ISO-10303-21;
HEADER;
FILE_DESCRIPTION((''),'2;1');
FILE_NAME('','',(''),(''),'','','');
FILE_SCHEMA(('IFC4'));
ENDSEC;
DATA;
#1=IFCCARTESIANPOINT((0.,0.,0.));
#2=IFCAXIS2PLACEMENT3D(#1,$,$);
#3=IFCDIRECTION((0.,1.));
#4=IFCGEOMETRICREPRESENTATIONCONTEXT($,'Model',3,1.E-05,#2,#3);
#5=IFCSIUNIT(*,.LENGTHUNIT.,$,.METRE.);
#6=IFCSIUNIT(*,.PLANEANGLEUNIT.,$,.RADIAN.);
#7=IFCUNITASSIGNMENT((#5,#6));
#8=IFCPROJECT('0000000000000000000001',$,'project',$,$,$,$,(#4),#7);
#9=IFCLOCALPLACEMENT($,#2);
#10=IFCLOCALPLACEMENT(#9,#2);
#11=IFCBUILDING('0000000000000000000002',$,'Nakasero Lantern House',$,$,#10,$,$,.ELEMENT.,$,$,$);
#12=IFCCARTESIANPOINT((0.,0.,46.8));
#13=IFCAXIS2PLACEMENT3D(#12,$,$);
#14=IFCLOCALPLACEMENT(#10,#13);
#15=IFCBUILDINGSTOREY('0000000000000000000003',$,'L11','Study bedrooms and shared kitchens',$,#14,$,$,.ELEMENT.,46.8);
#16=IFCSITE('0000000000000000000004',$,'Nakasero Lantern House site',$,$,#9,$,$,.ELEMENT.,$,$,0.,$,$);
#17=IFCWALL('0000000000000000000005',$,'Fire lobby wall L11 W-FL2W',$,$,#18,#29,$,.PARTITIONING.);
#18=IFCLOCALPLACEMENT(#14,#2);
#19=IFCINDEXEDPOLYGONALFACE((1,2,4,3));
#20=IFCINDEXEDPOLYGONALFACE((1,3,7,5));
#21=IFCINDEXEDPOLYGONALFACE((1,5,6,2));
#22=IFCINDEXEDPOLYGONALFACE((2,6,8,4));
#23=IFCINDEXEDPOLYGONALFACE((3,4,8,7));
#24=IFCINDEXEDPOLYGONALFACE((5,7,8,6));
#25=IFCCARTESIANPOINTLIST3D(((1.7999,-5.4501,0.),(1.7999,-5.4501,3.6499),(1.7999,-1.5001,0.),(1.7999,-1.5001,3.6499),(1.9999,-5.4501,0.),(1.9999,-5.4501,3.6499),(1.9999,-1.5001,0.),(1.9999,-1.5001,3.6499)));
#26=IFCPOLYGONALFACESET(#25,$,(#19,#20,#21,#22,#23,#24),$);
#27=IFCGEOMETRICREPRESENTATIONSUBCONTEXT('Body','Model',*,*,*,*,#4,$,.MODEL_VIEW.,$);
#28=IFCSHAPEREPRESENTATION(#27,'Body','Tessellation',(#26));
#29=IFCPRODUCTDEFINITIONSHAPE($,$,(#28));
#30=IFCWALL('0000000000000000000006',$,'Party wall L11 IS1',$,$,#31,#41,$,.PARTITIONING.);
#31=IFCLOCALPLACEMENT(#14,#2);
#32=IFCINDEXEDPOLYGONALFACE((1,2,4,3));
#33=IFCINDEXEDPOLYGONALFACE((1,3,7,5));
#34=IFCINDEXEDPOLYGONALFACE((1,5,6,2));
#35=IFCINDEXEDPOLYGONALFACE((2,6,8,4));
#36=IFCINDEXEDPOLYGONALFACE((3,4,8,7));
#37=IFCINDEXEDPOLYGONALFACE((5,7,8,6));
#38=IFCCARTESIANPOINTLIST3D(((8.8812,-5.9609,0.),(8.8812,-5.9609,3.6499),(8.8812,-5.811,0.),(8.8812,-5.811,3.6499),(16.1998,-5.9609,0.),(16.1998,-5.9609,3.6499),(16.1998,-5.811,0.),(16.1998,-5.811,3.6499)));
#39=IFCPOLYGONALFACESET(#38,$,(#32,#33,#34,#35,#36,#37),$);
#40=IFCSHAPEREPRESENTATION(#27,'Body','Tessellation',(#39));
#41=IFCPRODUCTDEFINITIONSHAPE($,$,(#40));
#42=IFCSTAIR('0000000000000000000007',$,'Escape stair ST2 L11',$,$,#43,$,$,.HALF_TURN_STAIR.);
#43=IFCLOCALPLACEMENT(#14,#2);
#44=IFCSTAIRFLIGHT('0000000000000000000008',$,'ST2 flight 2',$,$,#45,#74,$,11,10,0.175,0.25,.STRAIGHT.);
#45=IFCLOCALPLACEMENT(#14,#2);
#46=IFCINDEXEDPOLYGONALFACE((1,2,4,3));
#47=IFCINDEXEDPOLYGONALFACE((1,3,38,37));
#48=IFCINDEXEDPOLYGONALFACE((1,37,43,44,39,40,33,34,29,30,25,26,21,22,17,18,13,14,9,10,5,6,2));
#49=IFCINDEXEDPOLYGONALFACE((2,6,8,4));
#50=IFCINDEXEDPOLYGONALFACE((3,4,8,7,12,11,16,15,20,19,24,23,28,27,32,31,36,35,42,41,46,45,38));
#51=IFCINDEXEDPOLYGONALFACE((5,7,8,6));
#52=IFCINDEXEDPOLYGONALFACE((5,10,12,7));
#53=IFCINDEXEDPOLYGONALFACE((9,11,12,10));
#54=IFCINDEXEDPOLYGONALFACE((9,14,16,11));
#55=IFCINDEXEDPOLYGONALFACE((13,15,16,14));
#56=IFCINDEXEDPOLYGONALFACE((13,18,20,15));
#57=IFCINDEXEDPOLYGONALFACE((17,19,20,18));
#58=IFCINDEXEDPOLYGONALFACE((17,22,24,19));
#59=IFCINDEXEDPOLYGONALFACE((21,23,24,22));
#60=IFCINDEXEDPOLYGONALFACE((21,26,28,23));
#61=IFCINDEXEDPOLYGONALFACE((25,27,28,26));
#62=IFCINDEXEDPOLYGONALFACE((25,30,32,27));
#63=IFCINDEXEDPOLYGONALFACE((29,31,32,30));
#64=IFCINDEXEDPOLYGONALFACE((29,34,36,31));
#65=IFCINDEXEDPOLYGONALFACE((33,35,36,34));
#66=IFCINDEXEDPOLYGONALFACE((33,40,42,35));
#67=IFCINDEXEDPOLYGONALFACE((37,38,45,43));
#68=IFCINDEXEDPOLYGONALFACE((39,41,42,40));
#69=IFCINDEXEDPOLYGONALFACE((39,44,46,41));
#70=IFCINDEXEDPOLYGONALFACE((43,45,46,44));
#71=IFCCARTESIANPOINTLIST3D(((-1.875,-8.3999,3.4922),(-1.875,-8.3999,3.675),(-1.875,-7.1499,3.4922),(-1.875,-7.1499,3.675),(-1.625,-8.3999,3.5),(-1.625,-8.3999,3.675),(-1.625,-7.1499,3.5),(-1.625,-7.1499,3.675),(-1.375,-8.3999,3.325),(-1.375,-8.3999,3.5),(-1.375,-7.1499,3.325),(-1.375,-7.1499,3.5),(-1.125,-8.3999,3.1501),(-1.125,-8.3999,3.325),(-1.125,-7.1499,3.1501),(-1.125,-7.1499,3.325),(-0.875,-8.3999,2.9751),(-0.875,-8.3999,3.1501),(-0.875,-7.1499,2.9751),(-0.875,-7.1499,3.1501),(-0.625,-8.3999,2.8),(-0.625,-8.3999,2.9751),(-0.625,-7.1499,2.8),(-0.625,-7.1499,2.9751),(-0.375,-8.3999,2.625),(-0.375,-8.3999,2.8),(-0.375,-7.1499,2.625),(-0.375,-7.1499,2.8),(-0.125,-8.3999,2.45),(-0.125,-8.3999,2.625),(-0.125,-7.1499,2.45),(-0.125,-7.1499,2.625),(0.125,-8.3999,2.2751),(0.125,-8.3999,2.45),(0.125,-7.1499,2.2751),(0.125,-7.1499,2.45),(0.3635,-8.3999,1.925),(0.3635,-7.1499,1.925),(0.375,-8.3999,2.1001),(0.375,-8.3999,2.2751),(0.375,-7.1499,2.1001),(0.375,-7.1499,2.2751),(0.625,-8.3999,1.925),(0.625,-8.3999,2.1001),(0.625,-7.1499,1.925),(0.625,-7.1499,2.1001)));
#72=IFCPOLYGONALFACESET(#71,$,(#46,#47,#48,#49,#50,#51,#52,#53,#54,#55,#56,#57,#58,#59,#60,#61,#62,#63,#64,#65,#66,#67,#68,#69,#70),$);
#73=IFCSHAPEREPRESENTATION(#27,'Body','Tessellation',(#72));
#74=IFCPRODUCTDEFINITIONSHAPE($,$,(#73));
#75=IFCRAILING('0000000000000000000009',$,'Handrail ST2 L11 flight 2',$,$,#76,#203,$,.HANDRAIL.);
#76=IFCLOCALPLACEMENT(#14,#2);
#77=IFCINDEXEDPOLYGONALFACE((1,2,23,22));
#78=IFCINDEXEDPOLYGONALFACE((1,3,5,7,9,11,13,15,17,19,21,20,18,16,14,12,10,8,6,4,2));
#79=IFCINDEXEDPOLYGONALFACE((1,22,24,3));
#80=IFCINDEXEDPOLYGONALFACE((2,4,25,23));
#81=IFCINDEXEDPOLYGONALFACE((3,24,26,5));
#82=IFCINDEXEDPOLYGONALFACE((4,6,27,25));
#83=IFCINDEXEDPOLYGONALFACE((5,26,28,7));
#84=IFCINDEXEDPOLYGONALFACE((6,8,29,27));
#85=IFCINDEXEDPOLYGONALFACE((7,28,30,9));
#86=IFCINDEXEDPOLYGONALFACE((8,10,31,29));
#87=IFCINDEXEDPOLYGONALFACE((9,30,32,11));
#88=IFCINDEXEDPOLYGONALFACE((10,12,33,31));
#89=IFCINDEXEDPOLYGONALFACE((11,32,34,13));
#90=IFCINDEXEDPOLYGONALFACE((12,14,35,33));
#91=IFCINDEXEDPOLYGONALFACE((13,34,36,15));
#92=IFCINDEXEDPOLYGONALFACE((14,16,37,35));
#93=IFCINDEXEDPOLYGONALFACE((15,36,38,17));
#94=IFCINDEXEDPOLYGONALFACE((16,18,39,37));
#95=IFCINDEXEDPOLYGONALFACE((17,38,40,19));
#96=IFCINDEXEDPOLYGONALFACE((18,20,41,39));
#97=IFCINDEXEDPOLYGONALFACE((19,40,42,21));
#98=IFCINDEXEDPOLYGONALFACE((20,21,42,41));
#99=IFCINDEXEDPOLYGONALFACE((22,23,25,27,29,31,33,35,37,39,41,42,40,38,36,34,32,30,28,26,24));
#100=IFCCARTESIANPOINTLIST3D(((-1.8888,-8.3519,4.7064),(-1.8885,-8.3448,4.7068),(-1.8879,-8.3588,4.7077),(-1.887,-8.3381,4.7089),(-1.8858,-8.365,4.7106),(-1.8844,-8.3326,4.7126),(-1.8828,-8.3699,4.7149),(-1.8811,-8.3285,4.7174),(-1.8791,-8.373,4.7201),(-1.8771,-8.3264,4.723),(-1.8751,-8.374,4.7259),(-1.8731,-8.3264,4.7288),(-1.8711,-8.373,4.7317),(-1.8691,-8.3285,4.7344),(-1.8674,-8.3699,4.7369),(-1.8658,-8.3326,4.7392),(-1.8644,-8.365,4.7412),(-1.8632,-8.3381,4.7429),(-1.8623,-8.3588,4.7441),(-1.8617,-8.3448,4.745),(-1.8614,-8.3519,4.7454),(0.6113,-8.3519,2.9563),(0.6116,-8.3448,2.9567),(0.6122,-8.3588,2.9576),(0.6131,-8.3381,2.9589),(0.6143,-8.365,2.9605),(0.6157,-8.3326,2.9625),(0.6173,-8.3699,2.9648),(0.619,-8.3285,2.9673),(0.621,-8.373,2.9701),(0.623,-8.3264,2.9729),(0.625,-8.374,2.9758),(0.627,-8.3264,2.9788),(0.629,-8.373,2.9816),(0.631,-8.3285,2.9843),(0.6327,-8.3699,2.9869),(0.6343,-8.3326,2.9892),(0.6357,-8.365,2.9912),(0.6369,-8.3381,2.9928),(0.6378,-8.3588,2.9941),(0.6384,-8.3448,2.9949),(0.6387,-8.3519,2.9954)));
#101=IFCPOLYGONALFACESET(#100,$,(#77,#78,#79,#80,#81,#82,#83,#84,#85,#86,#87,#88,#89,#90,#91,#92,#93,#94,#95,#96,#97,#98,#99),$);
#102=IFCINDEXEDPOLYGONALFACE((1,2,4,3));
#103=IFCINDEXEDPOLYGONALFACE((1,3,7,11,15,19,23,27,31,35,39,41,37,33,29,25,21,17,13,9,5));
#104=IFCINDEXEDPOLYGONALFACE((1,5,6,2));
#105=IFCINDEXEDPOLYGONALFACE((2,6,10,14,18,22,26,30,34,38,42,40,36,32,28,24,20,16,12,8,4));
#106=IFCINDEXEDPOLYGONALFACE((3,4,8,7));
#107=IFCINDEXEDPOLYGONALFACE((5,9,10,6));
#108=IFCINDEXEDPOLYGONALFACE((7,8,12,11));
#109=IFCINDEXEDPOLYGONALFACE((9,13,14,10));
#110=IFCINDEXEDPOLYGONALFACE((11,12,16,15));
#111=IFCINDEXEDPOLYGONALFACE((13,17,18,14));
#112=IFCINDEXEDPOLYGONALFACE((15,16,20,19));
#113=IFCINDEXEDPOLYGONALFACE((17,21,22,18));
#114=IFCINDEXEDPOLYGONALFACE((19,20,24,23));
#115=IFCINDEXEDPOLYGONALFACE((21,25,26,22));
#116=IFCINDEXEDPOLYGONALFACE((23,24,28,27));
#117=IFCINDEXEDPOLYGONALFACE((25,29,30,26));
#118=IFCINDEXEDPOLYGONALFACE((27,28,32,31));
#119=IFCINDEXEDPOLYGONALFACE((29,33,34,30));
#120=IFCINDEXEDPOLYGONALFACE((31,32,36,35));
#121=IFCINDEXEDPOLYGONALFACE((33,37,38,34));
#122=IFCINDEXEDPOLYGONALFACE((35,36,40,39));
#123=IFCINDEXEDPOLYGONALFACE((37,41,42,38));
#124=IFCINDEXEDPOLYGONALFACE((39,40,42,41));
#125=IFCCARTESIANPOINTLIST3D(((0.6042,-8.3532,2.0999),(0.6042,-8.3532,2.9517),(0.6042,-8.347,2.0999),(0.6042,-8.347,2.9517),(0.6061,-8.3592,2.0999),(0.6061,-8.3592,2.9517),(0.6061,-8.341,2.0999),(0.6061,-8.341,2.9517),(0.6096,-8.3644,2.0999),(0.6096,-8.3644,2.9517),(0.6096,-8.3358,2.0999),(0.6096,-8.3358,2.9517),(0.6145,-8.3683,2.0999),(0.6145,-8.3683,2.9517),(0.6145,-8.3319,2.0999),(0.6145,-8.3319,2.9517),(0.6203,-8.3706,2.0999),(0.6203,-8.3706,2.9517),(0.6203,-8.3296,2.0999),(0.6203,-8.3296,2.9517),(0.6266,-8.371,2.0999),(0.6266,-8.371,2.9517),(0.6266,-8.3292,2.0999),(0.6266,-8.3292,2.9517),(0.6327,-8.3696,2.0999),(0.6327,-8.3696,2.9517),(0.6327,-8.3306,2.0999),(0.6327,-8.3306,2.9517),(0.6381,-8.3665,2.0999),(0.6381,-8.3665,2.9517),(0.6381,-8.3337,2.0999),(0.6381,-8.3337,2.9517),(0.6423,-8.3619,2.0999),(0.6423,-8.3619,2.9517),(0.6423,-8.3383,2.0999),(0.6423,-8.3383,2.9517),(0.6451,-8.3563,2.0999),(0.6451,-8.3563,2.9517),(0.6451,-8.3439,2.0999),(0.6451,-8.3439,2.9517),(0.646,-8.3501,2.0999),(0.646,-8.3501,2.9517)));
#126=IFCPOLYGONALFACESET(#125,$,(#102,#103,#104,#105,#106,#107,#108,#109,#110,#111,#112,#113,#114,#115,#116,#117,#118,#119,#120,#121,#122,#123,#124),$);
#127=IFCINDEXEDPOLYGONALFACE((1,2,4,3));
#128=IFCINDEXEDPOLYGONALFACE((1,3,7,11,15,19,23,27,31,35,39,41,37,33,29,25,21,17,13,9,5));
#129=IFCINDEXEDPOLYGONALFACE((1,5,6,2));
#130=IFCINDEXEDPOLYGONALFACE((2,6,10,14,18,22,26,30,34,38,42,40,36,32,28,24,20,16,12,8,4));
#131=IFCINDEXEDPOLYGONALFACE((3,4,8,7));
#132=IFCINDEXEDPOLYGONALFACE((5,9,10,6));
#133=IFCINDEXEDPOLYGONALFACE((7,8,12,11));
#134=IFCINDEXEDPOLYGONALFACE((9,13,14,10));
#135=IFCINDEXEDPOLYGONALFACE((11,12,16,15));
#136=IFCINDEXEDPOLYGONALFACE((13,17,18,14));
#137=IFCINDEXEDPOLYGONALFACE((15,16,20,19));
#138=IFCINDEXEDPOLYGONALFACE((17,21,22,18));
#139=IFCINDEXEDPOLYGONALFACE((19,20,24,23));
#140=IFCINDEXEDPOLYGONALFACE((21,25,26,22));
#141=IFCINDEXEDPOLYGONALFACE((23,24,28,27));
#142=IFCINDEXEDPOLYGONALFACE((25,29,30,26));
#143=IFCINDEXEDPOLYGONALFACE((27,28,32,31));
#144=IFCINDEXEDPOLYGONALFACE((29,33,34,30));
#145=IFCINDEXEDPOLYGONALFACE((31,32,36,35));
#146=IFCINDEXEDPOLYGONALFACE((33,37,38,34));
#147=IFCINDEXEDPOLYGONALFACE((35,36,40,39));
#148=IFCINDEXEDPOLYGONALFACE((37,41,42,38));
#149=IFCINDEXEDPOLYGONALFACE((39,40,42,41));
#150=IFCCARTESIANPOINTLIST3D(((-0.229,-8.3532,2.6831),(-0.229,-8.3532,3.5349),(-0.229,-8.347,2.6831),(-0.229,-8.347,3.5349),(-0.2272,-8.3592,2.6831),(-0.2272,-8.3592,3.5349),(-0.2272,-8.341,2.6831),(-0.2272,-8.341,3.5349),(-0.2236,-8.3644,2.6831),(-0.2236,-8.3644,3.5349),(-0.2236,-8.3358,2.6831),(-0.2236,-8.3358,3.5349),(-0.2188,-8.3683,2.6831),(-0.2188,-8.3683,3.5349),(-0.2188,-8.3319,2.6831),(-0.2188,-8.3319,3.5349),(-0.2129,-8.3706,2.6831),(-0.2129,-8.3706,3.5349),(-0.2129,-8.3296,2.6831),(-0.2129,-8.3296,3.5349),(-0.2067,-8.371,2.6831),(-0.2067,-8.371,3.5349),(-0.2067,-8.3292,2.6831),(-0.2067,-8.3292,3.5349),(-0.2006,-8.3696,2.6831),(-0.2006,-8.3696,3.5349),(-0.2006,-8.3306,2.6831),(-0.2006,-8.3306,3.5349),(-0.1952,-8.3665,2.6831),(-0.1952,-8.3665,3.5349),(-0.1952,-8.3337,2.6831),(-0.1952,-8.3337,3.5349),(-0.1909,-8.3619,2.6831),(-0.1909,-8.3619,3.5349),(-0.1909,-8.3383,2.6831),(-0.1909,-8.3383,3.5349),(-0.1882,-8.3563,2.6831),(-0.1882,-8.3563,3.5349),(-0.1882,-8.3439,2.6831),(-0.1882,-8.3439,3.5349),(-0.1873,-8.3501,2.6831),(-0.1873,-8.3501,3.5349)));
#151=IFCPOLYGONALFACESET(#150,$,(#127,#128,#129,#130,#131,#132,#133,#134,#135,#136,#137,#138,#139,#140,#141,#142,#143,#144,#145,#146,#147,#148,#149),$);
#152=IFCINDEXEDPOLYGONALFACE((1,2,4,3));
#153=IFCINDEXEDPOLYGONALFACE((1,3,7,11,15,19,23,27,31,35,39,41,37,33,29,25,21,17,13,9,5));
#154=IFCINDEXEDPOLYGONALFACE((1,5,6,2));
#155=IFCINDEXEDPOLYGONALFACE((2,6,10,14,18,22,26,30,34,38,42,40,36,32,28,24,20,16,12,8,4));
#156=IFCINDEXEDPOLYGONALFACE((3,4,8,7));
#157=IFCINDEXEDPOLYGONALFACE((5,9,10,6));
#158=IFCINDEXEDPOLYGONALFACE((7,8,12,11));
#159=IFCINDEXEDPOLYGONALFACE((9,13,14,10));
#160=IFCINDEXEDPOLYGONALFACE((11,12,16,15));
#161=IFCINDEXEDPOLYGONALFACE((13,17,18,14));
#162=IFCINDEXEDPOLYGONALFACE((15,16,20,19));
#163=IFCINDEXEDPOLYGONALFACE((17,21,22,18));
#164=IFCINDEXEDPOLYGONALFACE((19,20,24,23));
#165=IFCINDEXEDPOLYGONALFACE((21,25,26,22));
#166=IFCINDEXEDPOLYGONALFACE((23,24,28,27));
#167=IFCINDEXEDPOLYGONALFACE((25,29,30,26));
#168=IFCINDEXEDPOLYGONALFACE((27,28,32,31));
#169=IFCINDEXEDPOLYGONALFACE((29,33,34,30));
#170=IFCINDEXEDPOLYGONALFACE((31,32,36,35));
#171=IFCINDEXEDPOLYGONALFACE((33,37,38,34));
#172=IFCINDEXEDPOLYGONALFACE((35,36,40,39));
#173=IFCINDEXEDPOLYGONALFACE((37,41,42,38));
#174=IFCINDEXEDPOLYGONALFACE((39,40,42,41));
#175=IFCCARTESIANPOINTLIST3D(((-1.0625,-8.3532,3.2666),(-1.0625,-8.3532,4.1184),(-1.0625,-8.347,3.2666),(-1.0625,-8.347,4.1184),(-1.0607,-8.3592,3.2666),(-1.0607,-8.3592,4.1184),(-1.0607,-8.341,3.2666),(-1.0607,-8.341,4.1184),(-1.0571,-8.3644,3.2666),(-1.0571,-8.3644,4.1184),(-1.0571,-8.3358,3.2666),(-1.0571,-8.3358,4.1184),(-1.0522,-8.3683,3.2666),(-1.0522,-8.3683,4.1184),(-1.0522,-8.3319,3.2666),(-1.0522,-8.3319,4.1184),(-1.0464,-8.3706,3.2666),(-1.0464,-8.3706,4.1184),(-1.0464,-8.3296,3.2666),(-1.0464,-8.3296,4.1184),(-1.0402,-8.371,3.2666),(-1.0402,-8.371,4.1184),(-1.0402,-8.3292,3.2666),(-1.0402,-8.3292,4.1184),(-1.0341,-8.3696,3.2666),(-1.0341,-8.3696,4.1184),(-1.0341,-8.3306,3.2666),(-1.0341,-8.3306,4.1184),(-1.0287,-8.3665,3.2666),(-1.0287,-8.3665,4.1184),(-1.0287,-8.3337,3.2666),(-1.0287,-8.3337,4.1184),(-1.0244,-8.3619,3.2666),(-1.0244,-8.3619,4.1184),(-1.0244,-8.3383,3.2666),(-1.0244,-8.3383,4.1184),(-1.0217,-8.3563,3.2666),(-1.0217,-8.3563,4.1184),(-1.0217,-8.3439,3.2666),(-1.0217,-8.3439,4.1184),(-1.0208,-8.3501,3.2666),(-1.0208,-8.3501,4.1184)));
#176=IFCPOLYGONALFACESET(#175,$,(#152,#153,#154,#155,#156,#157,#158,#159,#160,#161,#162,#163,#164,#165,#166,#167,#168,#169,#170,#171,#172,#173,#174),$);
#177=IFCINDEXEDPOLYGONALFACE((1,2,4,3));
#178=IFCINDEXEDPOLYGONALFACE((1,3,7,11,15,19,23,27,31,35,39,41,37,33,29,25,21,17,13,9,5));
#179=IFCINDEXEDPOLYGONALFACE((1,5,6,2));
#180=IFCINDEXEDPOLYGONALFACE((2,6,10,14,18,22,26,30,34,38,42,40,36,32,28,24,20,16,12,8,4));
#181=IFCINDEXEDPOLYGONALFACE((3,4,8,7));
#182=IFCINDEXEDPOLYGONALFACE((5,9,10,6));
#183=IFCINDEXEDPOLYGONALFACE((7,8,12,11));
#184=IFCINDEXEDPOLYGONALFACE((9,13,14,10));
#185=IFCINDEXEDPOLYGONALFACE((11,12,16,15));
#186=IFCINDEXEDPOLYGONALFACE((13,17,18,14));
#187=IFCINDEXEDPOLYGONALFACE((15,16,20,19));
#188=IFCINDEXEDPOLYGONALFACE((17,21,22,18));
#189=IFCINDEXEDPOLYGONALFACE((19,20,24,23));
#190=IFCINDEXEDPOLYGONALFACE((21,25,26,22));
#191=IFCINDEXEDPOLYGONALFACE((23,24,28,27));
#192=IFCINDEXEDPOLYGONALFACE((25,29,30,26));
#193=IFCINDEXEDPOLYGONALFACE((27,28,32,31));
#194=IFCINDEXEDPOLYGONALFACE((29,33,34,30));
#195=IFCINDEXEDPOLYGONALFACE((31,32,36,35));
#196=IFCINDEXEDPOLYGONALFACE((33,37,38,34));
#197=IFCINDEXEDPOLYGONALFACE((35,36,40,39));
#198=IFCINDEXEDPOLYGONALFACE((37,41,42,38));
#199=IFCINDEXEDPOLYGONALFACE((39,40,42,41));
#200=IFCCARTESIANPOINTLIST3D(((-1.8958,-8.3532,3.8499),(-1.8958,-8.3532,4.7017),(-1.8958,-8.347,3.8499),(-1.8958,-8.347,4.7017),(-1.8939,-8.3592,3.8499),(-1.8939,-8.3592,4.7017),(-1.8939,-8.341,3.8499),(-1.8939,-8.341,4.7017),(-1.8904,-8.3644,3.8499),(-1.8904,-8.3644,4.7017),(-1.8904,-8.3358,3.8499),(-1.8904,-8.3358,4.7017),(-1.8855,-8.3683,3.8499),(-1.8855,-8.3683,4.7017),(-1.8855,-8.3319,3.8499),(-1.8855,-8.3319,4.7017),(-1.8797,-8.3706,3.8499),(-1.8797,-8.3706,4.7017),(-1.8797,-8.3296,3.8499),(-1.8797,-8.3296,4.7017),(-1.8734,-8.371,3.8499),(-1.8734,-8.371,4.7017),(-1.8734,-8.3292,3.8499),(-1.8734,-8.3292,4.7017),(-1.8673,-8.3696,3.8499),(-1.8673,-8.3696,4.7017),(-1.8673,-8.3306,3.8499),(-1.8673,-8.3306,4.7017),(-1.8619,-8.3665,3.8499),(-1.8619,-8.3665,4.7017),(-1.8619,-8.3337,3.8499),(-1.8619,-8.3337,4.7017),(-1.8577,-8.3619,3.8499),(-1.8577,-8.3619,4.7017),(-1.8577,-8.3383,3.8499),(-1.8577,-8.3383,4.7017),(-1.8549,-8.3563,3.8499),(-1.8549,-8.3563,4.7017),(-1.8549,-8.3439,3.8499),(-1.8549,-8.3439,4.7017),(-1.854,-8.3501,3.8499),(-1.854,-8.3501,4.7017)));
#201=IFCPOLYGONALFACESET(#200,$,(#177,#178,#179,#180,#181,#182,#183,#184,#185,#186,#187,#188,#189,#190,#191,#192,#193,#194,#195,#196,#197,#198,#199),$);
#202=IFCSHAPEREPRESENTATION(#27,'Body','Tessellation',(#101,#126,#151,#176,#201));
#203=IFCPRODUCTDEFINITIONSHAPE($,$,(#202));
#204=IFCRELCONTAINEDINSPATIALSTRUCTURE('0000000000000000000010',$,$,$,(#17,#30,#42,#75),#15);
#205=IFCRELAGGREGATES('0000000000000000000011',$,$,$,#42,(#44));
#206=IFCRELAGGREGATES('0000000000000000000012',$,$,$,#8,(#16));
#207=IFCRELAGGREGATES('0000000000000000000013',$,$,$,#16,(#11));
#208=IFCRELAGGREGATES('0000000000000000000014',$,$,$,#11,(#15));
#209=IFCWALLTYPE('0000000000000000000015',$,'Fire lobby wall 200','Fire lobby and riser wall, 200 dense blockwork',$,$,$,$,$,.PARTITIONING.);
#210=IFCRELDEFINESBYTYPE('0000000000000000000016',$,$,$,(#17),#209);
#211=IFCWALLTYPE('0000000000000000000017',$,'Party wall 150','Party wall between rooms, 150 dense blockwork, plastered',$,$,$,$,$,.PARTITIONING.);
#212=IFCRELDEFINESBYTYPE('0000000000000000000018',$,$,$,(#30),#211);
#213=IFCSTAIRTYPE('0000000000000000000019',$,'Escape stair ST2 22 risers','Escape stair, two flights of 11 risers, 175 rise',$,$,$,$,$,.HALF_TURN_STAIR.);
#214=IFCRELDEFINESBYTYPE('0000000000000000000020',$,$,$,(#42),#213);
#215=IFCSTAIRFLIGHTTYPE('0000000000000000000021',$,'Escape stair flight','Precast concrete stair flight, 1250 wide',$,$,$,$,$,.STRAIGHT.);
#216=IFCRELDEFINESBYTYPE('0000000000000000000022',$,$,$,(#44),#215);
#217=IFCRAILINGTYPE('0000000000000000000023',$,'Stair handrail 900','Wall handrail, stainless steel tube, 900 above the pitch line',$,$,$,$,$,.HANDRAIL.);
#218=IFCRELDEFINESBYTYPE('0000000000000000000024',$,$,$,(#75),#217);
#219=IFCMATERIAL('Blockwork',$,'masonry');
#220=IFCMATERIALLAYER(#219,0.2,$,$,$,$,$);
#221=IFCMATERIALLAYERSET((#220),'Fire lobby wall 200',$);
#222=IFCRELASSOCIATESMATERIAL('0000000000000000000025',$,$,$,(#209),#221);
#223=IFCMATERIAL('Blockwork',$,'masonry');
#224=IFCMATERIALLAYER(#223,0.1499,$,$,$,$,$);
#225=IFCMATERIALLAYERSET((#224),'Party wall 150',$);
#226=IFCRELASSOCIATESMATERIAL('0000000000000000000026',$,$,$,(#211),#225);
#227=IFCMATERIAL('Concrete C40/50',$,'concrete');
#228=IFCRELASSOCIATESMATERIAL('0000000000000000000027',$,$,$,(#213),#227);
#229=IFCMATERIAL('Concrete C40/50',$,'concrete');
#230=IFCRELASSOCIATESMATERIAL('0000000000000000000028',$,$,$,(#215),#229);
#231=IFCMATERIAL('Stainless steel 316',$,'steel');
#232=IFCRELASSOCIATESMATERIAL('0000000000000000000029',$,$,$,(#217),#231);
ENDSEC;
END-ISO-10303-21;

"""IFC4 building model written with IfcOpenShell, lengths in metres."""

from ifc_helpers import new_model, si_unit, direction, frame, frame_2d, origin, origin_2d, place, context, subcontext, project, spatial, polyline, rectangle, circle, outline, extrude, material, layer, layer_set, type_object, element, aggregate, save


model = new_model("IFC4")

# Units and contexts
model_context = context("Model", 3, precision=1e-05, world=origin(), true_north=direction((0.0, 1.0)))
body_context = subcontext(model_context, "Body", "Model", "MODEL_VIEW")
ifc_project = project(units=[si_unit("LENGTHUNIT", "METRE"), si_unit("PLANEANGLEUNIT", "RADIAN")], contexts=[model_context])

# Site, building, storey
site_placement = place(None, origin())
site = spatial("IfcSite", under=ifc_project, at=site_placement, Name="Nakasero Lantern House site", CompositionType="ELEMENT", RefElevation=0.0)
building_placement = place(site_placement, origin())
building = spatial("IfcBuilding", under=site, at=building_placement, Name="Nakasero Lantern House", CompositionType="ELEMENT")
storey_placement = place(building_placement, frame((0.0, 0.0, 46.8)))
storey = spatial("IfcBuildingStorey", under=building, at=storey_placement, Name="L11", Description="Study bedrooms and shared kitchens", CompositionType="ELEMENT", Elevation=46.8)

# Shared definitions
ifc_material_1 = material(Name="Blockwork", Category="masonry")
ifc_layer_1 = layer(ifc_material_1, 0.2)
ifc_layer_set_1 = layer_set([ifc_layer_1], Name="Fire lobby wall 200")
wall_type_1 = type_object("IfcWallType", Name="Fire lobby wall 200", Description="Fire lobby and riser wall, 200 dense blockwork", PredefinedType="PARTITIONING", material=ifc_layer_set_1)

# Walls
wall_1_placement = place(storey_placement, frame((1.8999, -1.5, 0.0), z_axis=(0.0, 0.0, 1.0), x_axis=(0.0, -1.0, 0.0)))
element("IfcWall", 1, at=wall_1_placement, inside=storey, type_object=wall_type_1, Name="Fire lobby wall L11 W-FL2W", PredefinedType="PARTITIONING", context=body_context, shape_type="SweptSolid", body=[
    extrude(rectangle(XDim=3.95, YDim=0.2, at=frame_2d((1.9751, 0.0))), origin(), (0.0, 0.0, 1.0), 3.6499),
])
ifc_material_2 = material(Name="Blockwork", Category="masonry")
ifc_layer_2 = layer(ifc_material_2, 0.1499)
ifc_layer_set_2 = layer_set([ifc_layer_2], Name="Party wall 150")
wall_type_2 = type_object("IfcWallType", Name="Party wall 150", Description="Party wall between rooms, 150 dense blockwork, plastered", PredefinedType="PARTITIONING", material=ifc_layer_set_2)
wall_2_placement = place(storey_placement, frame((8.8813, -5.886, 0.0), z_axis=(0.0, 0.0, 1.0), x_axis=(1.0, 0.0, 0.0)))
element("IfcWall", 2, at=wall_2_placement, inside=storey, type_object=wall_type_2, Name="Party wall L11 IS1", PredefinedType="PARTITIONING", context=body_context, shape_type="SweptSolid", body=[
    extrude(rectangle(XDim=7.3186, YDim=0.1499, at=frame_2d((3.6592, 0.0))), origin(), (0.0, 0.0, 1.0), 3.6499),
])

# Stair, stair flight
ifc_material_3 = material(Name="Concrete C40/50", Category="concrete")
stair_type_1 = type_object("IfcStairType", Name="Escape stair ST2 22 risers", Description="Escape stair, two flights of 11 risers, 175 rise", PredefinedType="HALF_TURN_STAIR", material=ifc_material_3)
stair_1_placement = place(storey_placement, origin())
stair_1 = element("IfcStair", 3, at=stair_1_placement, inside=storey, type_object=stair_type_1, Name="Escape stair ST2 L11", PredefinedType="HALF_TURN_STAIR")
ifc_material_4 = material(Name="Concrete C40/50", Category="concrete")
stair_flight_type = type_object("IfcStairFlightType", Name="Escape stair flight", Description="Precast concrete stair flight, 1250 wide", PredefinedType="STRAIGHT", material=ifc_material_4)
stair_flight_placement = place(storey_placement, frame((0.625, -7.7749, 1.925), z_axis=(0.0, 0.0, 1.0), x_axis=(-1.0, 0.0, 0.0)))
stair_flight = element("IfcStairFlight", 4, at=stair_flight_placement, type_object=stair_flight_type, Name="ST2 flight 2", NumberOfRisers=11, NumberOfTreads=10, PredefinedType="STRAIGHT", RiserHeight=0.175, TreadLength=0.25, context=body_context, shape_type="SweptSolid", body=[
    extrude(outline(polyline([(0.0, 0.0), (0.0, 0.175), (0.25, 0.175), (0.25, 0.3501), (0.5, 0.3501), (0.5, 0.5249), (0.75, 0.5249), (0.75, 0.7), (1.0, 0.7), (1.0, 0.875), (1.25, 0.875), (1.25, 1.05), (1.5, 1.05), (1.5, 1.2251), (1.75, 1.2251), (1.75, 1.3999), (2.0, 1.3999), (2.0, 1.575), (2.25, 1.575), (2.25, 1.75), (2.5, 1.75), (2.5, 1.925), (2.5, 1.5671), (0.2615, 0.0), (0.0, 0.0)])), frame((0.0, 0.625, 0.0), z_axis=(0.0, -1.0, 0.0), x_axis=(1.0, 0.0, 0.0)), (0.0, 0.0, 1.0), 1.25),
])
aggregate(stair_1, [stair_flight])

# Railing
ifc_material_5 = material(Name="Stainless steel 316", Category="steel")
railing_type = type_object("IfcRailingType", Name="Stair handrail 900", Description="Wall handrail, stainless steel tube, 900 above the pitch line", PredefinedType="HANDRAIL", material=ifc_material_5)
railing_placement = place(storey_placement, frame((0.625, -8.3501, 2.0999)))
element("IfcRailing", 5, at=railing_placement, inside=storey, type_object=railing_type, Name="Handrail ST2 L11 flight 2", PredefinedType="HANDRAIL", context=body_context, shape_type="SweptSolid", body=[
    extrude(circle(Radius=0.0239, at=origin_2d()), frame((0.0, 0.0, 0.876), z_axis=(-0.819232, 0.0, 0.573462), x_axis=(0.0, -1.0, 0.0)), (0.0, 0.0, 1.0), 3.0518),
    extrude(circle(Radius=0.021, at=origin_2d()), origin(), (0.0, 0.0, 1.0), 0.8518),
    extrude(circle(Radius=0.021, at=origin_2d()), frame((-0.8333, 0.0, 0.5833)), (0.0, 0.0, 1.0), 0.8518),
    extrude(circle(Radius=0.021, at=origin_2d()), frame((-1.6667, 0.0, 1.1667)), (0.0, 0.0, 1.0), 0.8518),
    extrude(circle(Radius=0.021, at=origin_2d()), frame((-2.5, 0.0, 1.75)), (0.0, 0.0, 1.0), 0.8518),
])

save(model, "model.ifc")
